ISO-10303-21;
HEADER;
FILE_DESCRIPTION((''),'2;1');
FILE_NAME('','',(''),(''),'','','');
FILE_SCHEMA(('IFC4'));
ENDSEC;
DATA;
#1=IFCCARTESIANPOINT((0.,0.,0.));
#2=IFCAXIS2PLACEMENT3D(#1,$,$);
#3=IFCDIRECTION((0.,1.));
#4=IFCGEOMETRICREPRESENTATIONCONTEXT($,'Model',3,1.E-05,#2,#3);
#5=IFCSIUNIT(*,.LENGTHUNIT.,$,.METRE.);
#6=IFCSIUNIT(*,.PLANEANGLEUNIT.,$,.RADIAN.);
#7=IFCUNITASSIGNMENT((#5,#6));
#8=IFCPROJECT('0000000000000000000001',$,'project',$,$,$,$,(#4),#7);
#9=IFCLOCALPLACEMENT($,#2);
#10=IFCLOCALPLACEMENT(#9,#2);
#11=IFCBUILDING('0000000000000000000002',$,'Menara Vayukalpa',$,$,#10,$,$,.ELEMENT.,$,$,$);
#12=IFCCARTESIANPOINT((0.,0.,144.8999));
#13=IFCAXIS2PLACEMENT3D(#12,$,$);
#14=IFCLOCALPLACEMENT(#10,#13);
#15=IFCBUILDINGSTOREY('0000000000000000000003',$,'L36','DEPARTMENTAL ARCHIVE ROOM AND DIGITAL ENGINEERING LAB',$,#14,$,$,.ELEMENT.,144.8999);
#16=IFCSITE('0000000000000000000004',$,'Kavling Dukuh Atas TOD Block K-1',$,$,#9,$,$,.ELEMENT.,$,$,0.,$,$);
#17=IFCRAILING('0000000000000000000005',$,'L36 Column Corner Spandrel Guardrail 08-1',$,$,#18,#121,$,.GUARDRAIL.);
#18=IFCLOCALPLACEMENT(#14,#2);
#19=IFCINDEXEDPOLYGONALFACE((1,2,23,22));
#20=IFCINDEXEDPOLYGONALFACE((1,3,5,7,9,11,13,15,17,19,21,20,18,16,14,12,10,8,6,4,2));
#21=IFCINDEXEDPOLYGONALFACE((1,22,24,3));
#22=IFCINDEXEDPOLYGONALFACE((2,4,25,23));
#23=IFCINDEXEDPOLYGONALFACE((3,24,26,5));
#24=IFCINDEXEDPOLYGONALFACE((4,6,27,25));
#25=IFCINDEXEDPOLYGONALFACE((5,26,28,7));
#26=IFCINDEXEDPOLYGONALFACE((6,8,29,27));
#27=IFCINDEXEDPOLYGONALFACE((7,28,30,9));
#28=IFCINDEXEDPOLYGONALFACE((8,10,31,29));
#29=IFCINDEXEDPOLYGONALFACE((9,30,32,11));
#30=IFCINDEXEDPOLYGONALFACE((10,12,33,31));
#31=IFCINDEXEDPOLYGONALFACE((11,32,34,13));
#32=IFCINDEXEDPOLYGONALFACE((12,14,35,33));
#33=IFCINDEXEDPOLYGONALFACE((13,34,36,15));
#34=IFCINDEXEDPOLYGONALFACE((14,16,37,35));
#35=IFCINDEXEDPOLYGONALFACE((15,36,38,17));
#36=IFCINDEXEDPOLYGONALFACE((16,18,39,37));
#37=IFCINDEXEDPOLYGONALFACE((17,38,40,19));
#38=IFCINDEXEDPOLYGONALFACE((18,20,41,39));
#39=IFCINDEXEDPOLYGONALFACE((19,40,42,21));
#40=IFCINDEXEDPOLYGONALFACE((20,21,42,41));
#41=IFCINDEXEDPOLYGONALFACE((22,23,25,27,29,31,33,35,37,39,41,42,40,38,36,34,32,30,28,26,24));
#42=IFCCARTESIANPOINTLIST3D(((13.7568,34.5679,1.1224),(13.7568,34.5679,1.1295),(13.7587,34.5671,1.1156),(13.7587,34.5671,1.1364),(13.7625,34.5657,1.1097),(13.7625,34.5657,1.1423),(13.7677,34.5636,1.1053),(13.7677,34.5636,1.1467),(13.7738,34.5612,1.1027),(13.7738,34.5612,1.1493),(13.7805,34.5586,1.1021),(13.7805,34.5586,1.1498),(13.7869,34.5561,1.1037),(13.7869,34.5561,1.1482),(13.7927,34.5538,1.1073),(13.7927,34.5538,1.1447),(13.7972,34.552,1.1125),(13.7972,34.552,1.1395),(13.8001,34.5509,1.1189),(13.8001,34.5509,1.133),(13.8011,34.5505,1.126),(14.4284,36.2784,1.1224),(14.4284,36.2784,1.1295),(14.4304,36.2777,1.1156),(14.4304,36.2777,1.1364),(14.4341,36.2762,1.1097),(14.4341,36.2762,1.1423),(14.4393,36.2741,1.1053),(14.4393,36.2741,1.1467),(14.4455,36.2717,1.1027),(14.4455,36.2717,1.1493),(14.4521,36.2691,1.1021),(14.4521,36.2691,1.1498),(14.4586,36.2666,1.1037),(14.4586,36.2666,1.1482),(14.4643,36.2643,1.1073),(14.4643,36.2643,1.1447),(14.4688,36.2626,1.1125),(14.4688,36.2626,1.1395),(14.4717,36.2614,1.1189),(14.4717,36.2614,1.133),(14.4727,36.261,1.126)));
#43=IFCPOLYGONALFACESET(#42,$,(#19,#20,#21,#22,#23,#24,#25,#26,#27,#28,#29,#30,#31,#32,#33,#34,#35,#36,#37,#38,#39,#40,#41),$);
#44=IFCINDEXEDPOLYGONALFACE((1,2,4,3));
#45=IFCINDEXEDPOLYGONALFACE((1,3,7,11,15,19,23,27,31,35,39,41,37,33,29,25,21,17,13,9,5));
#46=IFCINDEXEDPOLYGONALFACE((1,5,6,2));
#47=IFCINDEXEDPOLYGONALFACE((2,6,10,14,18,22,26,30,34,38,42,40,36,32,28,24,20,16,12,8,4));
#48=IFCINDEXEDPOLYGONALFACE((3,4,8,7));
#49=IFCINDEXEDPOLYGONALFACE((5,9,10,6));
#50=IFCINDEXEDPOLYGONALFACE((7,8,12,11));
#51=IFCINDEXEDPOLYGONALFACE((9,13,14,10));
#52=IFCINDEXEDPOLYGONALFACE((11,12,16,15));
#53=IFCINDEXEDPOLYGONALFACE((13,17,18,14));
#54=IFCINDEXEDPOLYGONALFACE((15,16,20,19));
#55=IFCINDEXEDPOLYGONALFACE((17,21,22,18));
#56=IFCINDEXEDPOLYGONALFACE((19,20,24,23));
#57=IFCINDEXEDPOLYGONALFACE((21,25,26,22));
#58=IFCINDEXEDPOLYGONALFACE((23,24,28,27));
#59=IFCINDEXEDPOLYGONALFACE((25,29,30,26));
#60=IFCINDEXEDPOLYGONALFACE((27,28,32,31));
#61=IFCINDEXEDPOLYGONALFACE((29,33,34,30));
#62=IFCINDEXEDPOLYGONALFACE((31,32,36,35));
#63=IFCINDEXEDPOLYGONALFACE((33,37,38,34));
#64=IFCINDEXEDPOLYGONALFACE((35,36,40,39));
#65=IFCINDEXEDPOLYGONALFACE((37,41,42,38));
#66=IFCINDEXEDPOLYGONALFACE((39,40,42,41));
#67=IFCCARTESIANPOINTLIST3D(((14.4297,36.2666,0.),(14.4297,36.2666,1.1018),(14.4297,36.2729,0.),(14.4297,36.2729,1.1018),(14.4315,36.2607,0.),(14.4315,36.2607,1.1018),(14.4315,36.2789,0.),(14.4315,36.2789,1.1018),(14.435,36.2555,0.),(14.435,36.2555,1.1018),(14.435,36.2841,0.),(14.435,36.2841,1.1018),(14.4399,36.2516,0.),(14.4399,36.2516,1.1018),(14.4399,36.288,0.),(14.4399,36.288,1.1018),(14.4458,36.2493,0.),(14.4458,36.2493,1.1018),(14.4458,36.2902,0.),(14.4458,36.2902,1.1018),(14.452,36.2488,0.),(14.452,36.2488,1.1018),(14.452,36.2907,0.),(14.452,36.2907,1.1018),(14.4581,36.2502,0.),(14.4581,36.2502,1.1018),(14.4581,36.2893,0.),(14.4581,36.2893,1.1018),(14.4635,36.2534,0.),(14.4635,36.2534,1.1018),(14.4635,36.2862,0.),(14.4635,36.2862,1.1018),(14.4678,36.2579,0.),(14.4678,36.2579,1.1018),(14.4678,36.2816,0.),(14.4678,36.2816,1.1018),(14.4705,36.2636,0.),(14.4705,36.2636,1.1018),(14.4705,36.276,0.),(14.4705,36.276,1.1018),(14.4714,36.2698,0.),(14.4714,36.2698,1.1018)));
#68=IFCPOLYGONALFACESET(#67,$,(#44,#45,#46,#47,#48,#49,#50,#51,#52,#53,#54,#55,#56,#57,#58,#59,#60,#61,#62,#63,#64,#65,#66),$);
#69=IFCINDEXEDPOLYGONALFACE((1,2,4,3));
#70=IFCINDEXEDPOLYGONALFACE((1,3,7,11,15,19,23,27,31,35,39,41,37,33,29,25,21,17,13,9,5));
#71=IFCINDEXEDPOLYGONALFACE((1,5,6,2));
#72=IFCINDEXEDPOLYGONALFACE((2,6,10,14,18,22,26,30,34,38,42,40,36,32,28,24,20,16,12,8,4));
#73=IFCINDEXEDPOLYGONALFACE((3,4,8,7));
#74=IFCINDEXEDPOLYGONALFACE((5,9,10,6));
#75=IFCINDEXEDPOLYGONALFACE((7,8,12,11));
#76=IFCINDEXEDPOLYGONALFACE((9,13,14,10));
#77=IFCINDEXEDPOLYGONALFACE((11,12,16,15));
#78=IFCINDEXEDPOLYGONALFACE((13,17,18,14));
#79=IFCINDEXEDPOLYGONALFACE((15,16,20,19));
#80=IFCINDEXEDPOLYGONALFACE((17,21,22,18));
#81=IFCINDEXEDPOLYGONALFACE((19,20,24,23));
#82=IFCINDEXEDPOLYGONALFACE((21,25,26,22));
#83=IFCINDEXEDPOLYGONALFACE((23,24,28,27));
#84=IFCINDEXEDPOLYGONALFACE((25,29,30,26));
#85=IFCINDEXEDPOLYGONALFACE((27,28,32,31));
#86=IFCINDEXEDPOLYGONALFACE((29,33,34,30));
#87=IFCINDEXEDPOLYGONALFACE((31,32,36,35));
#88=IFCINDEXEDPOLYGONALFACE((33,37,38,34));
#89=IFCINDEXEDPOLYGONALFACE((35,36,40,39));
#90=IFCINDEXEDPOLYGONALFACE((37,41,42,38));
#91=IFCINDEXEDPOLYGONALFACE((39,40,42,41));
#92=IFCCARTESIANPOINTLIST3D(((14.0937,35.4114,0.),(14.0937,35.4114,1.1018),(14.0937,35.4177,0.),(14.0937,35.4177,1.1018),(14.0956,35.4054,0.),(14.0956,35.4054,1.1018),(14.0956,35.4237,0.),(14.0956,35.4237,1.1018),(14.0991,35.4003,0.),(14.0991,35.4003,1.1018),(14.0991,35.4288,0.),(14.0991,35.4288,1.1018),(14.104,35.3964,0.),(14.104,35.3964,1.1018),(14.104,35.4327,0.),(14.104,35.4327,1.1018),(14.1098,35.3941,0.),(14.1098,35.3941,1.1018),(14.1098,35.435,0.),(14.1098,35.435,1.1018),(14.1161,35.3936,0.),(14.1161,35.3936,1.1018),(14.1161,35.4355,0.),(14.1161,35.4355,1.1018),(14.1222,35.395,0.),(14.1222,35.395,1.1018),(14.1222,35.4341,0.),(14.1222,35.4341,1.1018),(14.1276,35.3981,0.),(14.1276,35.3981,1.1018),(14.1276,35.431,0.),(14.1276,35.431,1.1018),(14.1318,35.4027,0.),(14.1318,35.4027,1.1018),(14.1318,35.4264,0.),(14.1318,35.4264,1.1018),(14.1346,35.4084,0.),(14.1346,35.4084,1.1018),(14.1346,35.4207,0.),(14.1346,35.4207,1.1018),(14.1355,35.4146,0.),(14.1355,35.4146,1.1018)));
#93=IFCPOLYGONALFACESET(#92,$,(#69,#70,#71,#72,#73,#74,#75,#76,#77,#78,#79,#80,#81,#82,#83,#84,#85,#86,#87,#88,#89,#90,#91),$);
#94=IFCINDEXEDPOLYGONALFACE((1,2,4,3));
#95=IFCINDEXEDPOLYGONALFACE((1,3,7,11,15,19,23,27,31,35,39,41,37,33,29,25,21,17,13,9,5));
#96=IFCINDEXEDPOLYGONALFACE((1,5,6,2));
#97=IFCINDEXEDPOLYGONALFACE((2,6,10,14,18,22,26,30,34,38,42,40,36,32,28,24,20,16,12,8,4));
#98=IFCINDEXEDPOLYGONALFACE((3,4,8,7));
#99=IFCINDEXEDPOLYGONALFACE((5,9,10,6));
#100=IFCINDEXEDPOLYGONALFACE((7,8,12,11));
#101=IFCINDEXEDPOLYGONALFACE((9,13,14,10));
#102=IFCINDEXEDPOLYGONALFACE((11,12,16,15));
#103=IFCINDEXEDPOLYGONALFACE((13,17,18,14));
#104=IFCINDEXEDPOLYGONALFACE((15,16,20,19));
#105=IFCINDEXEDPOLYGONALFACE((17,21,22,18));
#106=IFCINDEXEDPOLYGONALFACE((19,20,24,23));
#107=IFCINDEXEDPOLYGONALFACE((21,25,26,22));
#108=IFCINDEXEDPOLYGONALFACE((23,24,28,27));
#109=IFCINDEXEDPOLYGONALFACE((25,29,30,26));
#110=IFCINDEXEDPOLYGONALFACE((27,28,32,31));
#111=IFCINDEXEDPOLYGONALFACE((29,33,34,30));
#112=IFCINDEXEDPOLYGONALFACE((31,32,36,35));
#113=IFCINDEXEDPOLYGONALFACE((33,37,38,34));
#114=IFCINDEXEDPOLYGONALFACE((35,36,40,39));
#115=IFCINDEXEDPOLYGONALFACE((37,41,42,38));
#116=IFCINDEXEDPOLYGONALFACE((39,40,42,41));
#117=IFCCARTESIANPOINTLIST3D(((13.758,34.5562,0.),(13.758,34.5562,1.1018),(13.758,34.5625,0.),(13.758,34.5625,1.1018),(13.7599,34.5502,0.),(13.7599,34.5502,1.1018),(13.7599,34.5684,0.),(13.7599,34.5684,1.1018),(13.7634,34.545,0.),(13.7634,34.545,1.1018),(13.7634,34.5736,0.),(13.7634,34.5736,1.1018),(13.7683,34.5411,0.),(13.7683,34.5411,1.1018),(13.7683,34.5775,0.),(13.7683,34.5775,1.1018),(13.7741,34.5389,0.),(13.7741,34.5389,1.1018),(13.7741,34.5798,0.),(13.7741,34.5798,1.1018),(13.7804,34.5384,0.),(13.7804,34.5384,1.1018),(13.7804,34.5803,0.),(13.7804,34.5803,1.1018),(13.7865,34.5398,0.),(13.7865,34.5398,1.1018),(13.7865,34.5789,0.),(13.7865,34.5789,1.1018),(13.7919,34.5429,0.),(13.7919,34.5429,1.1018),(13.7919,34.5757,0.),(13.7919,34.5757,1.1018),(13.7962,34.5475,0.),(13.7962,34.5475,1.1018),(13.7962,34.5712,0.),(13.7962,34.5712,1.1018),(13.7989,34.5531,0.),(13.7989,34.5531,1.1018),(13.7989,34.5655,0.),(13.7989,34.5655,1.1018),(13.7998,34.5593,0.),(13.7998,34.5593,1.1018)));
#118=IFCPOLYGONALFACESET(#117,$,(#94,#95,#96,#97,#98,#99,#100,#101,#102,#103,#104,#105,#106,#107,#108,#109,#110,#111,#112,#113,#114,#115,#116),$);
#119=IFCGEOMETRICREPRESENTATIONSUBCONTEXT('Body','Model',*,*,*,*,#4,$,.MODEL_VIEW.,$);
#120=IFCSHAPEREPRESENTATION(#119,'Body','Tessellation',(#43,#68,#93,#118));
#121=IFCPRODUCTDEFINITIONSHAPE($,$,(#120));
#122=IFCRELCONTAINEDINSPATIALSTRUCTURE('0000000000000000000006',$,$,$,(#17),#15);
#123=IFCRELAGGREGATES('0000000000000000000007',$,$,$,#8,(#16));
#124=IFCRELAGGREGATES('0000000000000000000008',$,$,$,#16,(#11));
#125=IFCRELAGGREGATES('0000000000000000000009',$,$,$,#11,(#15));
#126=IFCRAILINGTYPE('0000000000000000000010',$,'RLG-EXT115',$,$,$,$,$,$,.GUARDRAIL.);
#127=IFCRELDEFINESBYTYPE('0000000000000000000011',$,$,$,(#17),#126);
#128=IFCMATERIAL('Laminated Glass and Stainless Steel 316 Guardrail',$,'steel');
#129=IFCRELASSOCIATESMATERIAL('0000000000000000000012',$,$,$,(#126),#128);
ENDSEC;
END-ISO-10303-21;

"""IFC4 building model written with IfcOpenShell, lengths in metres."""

from ifc_helpers import new_model, si_unit, direction, frame, origin, origin_2d, place, context, subcontext, project, spatial, circle, extrude, material, type_object, element, save


model = new_model("IFC4")

# Units and contexts
model_context = context("Model", 3, precision=1e-05, world=origin(), true_north=direction((0.0, 1.0)))
body_context = subcontext(model_context, "Body", "Model", "MODEL_VIEW")
ifc_project = project(units=[si_unit("LENGTHUNIT", "METRE"), si_unit("PLANEANGLEUNIT", "RADIAN")], contexts=[model_context])

# Site, building, storey
site_placement = place(None, origin())
site = spatial("IfcSite", under=ifc_project, at=site_placement, Name="Kavling Dukuh Atas TOD Block K-1", CompositionType="ELEMENT", RefElevation=0.0)
building_placement = place(site_placement, origin())
building = spatial("IfcBuilding", under=site, at=building_placement, Name="Menara Vayukalpa", CompositionType="ELEMENT")
storey_placement = place(building_placement, frame((0.0, 0.0, 144.8999)))
storey = spatial("IfcBuildingStorey", under=building, at=storey_placement, Name="L36", Description="DEPARTMENTAL ARCHIVE ROOM AND DIGITAL ENGINEERING LAB", CompositionType="ELEMENT", Elevation=144.8999)

# Railing
ifc_material_1 = material(Name="Laminated Glass and Stainless Steel 316 Guardrail", Category="steel")
railing_type = type_object("IfcRailingType", Name="RLG-EXT115", PredefinedType="GUARDRAIL", material=ifc_material_1)
railing_1_placement = place(storey_placement, frame((14.4504, 36.2698, 0.0)))
element("IfcRailing", 1, at=railing_1_placement, inside=storey, type_object=railing_type, Name="L36 Column Corner Spandrel Guardrail 08-1", PredefinedType="GUARDRAIL", context=body_context, shape_type="SweptSolid", body=[
    extrude(circle(Radius=0.0239, at=origin_2d()), frame((0.0, 0.0, 1.126), z_axis=(-0.365496, -0.930813, 0.0), x_axis=(0.930813, -0.365496, 0.0)), (0.0, 0.0, 1.0), 1.8376),
    extrude(circle(Radius=0.021, at=origin_2d()), origin(), (0.0, 0.0, 1.0), 1.1018),
    extrude(circle(Radius=0.021, at=origin_2d()), frame((-0.3359, -0.8552, 0.0)), (0.0, 0.0, 1.0), 1.1018),
    extrude(circle(Radius=0.021, at=origin_2d()), frame((-0.6716, -1.7104, 0.0)), (0.0, 0.0, 1.0), 1.1018),
])

save(model, "model.ifc")
